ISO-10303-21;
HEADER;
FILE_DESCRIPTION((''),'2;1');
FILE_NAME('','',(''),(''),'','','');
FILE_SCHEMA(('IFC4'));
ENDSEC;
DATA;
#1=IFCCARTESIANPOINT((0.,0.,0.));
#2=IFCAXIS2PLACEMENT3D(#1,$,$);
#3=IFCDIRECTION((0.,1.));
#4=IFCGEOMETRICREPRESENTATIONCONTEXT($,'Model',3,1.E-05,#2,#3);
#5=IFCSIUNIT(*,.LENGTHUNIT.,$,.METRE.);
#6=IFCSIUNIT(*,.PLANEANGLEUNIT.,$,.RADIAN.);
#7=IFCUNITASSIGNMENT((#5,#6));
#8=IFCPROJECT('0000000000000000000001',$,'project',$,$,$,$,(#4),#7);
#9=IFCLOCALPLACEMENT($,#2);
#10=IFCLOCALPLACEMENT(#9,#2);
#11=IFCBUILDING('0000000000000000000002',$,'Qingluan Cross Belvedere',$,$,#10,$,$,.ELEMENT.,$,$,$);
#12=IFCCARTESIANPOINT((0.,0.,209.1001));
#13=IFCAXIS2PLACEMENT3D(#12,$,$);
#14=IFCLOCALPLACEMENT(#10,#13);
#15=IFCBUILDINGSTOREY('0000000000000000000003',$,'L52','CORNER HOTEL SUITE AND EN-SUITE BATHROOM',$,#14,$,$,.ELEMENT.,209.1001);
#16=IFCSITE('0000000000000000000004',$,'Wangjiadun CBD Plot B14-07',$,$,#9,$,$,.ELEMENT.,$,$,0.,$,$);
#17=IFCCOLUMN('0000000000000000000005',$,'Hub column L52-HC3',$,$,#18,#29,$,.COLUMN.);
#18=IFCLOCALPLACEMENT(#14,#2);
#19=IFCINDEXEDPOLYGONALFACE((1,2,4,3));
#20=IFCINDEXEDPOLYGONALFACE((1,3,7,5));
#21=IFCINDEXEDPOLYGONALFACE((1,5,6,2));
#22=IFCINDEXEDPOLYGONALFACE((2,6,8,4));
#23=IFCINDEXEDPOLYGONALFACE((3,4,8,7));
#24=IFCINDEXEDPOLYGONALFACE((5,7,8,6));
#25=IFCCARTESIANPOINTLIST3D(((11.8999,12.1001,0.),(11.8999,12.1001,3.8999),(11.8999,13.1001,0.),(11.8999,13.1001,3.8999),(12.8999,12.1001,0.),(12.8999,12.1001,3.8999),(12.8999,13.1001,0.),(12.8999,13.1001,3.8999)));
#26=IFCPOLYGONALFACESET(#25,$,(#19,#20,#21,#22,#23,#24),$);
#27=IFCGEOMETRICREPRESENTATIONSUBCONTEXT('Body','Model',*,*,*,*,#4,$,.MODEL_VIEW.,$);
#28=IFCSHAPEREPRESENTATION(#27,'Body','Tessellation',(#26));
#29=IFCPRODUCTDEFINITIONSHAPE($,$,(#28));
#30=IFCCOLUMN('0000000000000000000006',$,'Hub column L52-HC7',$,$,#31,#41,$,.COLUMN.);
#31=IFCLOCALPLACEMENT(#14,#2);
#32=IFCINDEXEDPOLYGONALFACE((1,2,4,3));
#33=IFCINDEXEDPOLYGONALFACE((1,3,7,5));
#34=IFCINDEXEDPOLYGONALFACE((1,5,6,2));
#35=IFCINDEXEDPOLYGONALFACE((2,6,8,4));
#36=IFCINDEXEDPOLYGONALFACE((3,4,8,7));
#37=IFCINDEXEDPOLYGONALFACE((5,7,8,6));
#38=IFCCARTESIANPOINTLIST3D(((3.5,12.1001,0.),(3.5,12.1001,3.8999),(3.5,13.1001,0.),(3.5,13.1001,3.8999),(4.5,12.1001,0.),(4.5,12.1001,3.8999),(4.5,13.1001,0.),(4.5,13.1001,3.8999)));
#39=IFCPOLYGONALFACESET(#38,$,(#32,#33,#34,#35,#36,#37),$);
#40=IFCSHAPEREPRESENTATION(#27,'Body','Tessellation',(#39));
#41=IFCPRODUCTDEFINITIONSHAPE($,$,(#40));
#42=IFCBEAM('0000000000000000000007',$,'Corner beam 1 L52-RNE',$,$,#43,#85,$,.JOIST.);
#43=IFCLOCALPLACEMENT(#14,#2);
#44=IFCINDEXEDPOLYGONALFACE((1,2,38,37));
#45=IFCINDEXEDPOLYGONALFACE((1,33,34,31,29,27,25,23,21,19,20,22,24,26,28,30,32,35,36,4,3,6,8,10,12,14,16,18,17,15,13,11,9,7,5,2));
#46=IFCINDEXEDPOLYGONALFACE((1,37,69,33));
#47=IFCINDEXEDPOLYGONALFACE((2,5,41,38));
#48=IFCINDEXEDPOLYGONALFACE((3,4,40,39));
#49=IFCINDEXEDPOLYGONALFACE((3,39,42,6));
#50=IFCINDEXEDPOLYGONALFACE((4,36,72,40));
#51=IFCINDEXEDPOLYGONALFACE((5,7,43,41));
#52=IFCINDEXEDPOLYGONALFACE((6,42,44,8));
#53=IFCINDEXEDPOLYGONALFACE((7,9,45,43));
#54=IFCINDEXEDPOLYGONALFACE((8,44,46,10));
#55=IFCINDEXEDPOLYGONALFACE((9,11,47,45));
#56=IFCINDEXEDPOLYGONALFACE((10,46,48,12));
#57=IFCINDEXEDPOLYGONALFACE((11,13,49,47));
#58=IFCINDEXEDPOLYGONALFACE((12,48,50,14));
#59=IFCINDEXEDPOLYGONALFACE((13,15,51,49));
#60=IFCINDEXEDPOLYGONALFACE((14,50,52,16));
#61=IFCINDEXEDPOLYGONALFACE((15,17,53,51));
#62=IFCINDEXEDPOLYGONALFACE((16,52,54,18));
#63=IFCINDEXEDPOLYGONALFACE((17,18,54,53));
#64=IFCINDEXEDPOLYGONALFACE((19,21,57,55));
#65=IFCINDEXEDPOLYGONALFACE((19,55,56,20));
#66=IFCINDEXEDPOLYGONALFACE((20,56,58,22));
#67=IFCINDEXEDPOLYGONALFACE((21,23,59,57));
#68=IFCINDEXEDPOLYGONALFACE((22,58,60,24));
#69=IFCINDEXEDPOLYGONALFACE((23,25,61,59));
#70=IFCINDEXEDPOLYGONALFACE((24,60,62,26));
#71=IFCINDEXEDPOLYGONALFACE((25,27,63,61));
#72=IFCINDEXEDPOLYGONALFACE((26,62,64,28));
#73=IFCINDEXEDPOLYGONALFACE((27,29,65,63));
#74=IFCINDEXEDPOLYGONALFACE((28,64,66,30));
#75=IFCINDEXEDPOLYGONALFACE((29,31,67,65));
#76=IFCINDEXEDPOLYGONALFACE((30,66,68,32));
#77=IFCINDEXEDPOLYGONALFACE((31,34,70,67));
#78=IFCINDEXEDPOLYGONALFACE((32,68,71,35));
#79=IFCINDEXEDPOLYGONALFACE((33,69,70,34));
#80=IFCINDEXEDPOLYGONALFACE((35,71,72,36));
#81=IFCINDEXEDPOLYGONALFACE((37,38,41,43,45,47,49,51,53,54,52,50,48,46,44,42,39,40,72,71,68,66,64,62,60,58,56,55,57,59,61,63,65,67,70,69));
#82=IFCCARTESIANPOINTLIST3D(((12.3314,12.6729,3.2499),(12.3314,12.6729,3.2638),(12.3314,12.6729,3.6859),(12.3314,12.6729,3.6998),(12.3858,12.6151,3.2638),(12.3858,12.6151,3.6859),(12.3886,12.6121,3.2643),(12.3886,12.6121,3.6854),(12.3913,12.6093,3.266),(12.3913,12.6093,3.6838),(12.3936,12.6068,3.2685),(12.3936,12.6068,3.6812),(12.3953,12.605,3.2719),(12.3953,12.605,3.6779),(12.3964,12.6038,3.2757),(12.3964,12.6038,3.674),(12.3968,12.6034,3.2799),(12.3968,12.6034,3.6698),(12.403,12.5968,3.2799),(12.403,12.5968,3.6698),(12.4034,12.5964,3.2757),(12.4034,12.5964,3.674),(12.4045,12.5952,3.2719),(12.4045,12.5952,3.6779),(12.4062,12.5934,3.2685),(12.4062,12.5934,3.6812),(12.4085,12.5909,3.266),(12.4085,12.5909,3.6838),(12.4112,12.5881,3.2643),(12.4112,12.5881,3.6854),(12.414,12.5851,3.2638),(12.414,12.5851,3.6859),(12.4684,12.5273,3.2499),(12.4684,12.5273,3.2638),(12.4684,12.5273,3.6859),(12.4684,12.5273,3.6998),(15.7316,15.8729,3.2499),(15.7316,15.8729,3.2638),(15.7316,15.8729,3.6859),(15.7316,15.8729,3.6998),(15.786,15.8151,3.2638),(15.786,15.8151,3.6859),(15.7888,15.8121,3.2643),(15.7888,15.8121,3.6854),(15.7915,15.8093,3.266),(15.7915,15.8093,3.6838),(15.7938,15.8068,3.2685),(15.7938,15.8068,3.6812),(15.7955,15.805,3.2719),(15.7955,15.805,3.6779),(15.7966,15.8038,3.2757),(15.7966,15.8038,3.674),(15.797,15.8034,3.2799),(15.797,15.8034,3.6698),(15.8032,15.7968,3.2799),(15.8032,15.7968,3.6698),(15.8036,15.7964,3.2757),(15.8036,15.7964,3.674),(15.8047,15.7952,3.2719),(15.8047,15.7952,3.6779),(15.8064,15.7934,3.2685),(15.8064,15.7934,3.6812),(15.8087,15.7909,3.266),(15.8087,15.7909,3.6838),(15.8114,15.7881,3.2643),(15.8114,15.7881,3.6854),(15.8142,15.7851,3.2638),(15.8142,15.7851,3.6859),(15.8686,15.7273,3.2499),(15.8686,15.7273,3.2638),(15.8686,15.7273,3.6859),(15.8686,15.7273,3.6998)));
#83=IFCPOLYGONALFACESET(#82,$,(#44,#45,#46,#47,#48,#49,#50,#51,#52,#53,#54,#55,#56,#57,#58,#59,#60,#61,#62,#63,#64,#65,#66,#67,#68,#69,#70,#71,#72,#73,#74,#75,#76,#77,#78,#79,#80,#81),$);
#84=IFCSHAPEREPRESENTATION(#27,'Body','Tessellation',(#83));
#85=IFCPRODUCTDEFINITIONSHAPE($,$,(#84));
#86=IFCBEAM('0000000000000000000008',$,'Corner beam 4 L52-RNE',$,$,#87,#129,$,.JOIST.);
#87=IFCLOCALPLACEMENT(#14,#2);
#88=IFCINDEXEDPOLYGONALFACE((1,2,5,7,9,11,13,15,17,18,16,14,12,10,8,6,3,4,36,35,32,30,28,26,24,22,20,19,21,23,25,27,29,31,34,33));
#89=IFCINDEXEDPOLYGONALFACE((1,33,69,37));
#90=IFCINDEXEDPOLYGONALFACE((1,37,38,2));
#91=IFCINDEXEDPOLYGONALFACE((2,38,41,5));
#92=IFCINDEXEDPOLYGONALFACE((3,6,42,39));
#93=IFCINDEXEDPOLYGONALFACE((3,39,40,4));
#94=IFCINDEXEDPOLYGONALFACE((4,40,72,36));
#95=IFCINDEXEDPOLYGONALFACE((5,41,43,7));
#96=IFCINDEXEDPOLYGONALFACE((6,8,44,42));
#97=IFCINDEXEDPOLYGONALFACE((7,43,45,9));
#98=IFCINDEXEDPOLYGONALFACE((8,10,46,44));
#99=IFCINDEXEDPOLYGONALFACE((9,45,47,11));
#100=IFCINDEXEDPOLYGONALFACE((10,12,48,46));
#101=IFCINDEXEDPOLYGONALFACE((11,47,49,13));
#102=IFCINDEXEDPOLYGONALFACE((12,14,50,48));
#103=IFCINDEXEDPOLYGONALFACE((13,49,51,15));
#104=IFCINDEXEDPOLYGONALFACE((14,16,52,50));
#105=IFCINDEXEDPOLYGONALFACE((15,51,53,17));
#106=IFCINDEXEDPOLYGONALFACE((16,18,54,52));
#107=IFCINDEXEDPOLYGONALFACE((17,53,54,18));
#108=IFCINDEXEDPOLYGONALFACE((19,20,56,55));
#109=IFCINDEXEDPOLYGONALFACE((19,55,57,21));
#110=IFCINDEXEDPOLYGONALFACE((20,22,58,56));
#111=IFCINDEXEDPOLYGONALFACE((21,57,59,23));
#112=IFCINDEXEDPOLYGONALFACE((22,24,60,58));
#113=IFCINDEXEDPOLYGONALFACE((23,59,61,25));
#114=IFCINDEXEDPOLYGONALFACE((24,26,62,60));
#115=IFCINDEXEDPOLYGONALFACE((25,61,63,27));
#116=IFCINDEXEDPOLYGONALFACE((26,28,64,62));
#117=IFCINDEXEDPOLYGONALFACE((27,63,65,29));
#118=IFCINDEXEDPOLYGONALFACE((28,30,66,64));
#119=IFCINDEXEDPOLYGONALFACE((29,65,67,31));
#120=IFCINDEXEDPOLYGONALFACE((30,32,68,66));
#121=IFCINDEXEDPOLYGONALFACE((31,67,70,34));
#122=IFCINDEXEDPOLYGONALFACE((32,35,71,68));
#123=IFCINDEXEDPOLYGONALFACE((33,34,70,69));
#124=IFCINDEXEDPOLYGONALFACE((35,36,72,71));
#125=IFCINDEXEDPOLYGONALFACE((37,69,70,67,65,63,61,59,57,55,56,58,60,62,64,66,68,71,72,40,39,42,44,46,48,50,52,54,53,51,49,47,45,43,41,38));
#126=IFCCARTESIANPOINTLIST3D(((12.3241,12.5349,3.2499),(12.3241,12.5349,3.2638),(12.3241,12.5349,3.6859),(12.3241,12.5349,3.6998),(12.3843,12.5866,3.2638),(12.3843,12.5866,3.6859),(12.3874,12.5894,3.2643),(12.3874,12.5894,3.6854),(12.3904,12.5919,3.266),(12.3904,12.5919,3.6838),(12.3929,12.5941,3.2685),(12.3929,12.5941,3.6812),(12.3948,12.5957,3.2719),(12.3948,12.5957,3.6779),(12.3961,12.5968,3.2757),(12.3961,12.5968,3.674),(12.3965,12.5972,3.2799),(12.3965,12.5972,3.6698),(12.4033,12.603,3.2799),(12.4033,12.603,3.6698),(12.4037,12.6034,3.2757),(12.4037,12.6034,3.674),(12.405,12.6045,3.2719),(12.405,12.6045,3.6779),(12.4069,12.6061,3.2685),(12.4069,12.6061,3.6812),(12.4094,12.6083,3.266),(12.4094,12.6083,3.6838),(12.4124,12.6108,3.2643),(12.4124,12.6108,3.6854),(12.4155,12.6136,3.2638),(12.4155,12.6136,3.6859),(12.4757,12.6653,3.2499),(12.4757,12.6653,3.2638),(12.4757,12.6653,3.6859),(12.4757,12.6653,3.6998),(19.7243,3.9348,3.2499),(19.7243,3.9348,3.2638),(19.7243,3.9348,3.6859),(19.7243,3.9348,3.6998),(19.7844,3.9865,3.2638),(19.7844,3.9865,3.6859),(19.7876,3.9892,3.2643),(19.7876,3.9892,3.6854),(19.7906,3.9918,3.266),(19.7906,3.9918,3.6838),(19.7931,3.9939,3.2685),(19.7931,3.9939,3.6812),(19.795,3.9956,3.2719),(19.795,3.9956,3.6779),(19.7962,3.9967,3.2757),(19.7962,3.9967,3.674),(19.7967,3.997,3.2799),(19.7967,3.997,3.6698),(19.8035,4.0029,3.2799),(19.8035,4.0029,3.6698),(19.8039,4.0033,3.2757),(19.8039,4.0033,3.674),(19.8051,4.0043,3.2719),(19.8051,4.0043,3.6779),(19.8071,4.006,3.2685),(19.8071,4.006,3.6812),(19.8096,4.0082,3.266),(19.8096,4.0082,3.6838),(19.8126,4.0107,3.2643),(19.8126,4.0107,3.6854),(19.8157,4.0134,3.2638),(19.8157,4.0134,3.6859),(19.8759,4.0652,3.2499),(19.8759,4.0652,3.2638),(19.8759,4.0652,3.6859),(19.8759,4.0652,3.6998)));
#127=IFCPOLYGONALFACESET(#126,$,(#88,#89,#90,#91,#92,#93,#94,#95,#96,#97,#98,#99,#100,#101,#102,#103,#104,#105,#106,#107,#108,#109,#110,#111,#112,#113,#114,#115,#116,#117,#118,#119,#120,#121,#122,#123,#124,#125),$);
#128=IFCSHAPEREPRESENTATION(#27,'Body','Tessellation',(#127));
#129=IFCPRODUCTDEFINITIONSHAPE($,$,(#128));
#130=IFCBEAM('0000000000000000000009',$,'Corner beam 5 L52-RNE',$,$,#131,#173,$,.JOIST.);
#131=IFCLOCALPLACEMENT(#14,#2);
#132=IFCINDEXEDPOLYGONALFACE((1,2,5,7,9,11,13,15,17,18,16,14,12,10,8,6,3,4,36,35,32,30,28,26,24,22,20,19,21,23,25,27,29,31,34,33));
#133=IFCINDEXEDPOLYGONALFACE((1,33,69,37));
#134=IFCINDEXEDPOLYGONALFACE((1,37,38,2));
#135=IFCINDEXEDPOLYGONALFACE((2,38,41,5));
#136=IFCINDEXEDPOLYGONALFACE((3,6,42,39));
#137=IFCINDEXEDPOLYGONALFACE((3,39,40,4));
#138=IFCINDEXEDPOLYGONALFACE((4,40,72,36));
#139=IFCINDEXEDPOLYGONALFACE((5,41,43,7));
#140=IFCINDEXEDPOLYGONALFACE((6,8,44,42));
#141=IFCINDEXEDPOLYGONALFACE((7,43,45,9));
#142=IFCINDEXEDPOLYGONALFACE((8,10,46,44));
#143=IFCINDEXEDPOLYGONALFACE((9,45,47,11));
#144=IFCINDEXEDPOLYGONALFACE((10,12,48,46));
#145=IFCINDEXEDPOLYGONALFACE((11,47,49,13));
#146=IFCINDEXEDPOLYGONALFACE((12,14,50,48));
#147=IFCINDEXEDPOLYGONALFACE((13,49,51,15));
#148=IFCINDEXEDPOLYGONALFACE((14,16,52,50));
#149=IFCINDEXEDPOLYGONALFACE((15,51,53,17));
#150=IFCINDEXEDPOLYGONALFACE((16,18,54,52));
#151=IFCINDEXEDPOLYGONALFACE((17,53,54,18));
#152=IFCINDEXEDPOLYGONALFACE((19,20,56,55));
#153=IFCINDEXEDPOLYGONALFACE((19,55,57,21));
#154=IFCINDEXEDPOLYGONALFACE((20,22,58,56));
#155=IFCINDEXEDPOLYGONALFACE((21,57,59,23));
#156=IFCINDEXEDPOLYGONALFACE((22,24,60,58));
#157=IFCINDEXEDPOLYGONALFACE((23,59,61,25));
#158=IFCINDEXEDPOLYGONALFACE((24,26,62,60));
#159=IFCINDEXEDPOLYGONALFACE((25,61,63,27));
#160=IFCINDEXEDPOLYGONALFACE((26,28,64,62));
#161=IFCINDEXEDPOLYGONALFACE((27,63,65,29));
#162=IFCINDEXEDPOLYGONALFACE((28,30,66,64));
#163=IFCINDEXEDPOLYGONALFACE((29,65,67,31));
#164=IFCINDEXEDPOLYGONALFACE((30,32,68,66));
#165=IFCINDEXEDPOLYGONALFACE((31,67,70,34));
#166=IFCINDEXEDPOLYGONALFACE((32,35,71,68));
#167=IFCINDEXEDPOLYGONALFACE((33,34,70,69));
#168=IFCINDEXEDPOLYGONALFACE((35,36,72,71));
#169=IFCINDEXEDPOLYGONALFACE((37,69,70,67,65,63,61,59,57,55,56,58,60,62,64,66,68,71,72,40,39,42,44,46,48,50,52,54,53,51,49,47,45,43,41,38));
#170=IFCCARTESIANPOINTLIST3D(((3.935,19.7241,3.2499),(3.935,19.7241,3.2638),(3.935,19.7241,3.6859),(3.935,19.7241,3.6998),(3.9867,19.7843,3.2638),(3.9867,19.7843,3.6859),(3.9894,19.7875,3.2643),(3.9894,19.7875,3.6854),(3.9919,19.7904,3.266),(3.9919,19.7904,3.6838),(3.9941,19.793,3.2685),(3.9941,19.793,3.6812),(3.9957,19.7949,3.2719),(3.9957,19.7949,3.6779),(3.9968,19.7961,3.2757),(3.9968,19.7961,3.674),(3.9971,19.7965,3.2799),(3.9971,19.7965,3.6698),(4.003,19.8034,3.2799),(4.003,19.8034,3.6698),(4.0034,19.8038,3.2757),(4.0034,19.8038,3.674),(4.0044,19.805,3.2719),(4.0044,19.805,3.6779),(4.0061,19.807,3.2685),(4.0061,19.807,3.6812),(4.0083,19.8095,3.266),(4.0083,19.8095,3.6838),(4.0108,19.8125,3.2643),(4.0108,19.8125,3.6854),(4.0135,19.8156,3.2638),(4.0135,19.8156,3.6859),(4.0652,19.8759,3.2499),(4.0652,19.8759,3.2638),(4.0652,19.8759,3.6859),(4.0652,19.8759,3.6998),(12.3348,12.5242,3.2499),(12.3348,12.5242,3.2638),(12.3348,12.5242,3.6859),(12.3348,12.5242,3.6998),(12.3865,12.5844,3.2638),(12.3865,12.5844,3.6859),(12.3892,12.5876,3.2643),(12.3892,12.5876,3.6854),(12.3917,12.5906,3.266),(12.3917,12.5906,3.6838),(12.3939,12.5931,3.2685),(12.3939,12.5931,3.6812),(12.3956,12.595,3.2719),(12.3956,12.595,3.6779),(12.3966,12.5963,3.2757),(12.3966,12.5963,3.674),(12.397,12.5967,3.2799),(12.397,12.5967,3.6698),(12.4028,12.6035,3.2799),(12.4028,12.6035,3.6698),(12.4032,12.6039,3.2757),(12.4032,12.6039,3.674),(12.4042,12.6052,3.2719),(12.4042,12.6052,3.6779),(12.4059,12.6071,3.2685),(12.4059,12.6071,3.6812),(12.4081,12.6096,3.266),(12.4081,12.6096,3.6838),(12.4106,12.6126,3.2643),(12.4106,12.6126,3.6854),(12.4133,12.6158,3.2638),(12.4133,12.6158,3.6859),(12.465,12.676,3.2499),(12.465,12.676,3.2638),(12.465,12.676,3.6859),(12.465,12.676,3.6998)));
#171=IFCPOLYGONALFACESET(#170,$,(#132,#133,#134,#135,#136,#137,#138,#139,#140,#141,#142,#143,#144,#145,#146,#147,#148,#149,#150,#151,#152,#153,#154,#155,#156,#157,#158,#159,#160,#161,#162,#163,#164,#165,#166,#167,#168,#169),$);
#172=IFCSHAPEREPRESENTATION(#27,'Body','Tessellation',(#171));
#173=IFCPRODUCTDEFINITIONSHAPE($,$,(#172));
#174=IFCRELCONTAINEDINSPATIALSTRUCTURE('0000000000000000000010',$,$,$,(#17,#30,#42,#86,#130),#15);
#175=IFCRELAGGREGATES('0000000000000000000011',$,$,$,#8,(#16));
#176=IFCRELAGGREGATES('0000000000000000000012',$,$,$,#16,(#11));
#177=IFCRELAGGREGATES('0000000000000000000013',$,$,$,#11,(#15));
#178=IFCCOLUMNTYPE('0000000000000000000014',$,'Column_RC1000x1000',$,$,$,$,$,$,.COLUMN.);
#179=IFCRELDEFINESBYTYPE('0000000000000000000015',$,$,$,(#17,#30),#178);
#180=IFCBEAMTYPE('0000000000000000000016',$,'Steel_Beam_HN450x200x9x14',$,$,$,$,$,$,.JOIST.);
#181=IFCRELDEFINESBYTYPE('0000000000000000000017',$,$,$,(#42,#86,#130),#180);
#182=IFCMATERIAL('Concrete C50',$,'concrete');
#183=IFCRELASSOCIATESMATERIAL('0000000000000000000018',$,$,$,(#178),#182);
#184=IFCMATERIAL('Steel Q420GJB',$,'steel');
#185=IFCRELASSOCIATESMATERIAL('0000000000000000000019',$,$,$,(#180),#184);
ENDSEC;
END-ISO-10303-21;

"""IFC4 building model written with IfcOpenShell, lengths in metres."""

from ifc_helpers import new_model, si_unit, direction, frame, origin, origin_2d, place, context, subcontext, project, spatial, rectangle, i_section, extrude, material, material_profile, profile_set, type_object, element, save


model = new_model("IFC4")

# Units and contexts
model_context = context("Model", 3, precision=1e-05, world=origin(), true_north=direction((0.0, 1.0)))
body_context = subcontext(model_context, "Body", "Model", "MODEL_VIEW")
ifc_project = project(units=[si_unit("LENGTHUNIT", "METRE"), si_unit("PLANEANGLEUNIT", "RADIAN")], contexts=[model_context])

# Site, building, storey
site_placement = place(None, origin())
site = spatial("IfcSite", under=ifc_project, at=site_placement, Name="Wangjiadun CBD Plot B14-07", CompositionType="ELEMENT", RefElevation=0.0)
building_placement = place(site_placement, origin())
building = spatial("IfcBuilding", under=site, at=building_placement, Name="Qingluan Cross Belvedere", CompositionType="ELEMENT")
storey_placement = place(building_placement, frame((0.0, 0.0, 209.1001)))
storey = spatial("IfcBuildingStorey", under=building, at=storey_placement, Name="L52", Description="CORNER HOTEL SUITE AND EN-SUITE BATHROOM", CompositionType="ELEMENT", Elevation=209.1001)

# Columns
ifc_material_1 = material(Name="Concrete C50", Category="concrete")
ifc_material_profile_1 = material_profile(ifc_material_1, rectangle(XDim=1.0, YDim=1.0, at=origin_2d()), Name="RC1000x1000")
ifc_profile_set_1 = profile_set([ifc_material_profile_1], Name="Concrete C50")
column_type = type_object("IfcColumnType", Name="Column_RC1000x1000", PredefinedType="COLUMN", material=ifc_profile_set_1)
for number, where, z_axis, x_axis, name in (
    (1, (12.3999, 12.6001, 0.0), (0.0, 0.0, 1.0), (1.0, 0.0, 0.0), "Hub column L52-HC3"),
    (2, (4.0, 12.6001, 0.0), (0.0, 0.0, 1.0), (1.0, 0.0, 0.0), "Hub column L52-HC7"),
):
    element("IfcColumn", number, at=place(storey_placement, frame(where, z_axis=z_axis, x_axis=x_axis)), inside=storey, type_object=column_type, Name=name, PredefinedType="COLUMN", context=body_context, shape_type="SweptSolid", body=[
        extrude(rectangle(XDim=1.0, YDim=1.0, at=origin_2d()), origin(), (0.0, 0.0, 1.0), 3.8999),
    ])

# Beams
ifc_material_2 = material(Name="Steel Q420GJB", Category="steel")
ifc_material_profile_2 = material_profile(ifc_material_2, i_section(OverallWidth=0.2, OverallDepth=0.45, WebThickness=0.009, FlangeThickness=0.0139, FilletRadius=0.0161, at=origin_2d()), Name="HN450x200x9x14")
ifc_profile_set_2 = profile_set([ifc_material_profile_2], Name="Steel Q420GJB")
beam_type_1 = type_object("IfcBeamType", Name="Steel_Beam_HN450x200x9x14", PredefinedType="JOIST", material=ifc_profile_set_2)
beam_1_placement = place(storey_placement, frame((12.3999, 12.6001, 3.4749), z_axis=(0.72822, 0.685343, 0.0), x_axis=(-0.685343, 0.72822, 0.0)))
element("IfcBeam", 3, at=beam_1_placement, inside=storey, type_object=beam_type_1, Name="Corner beam 1 L52-RNE", PredefinedType="JOIST", context=body_context, shape_type="SweptSolid", body=[
    extrude(i_section(OverallWidth=0.2, OverallDepth=0.45, WebThickness=0.009, FlangeThickness=0.0139, FilletRadius=0.0161, at=origin_2d()), origin(), (0.0, 0.0, 1.0), 4.6692),
])
beam_2_placement = place(storey_placement, frame((12.3999, 12.6001, 3.4749), z_axis=(0.652245, -0.758008, 0.0), x_axis=(0.758008, 0.652245, 0.0)))
element("IfcBeam", 4, at=beam_2_placement, inside=storey, type_object=beam_type_1, Name="Corner beam 4 L52-RNE", PredefinedType="JOIST", context=body_context, shape_type="SweptSolid", body=[
    extrude(i_section(OverallWidth=0.2, OverallDepth=0.45, WebThickness=0.009, FlangeThickness=0.0139, FilletRadius=0.0161, at=origin_2d()), origin(), (0.0, 0.0, 1.0), 11.3457),
])
beam_3_placement = place(storey_placement, frame((12.3999, 12.6001, 3.4749), z_axis=(-0.759255, 0.650793, 0.0), x_axis=(-0.650793, -0.759255, 0.0)))
element("IfcBeam", 5, at=beam_3_placement, inside=storey, type_object=beam_type_1, Name="Corner beam 5 L52-RNE", PredefinedType="JOIST", context=body_context, shape_type="SweptSolid", body=[
    extrude(i_section(OverallWidth=0.2, OverallDepth=0.45, WebThickness=0.009, FlangeThickness=0.0139, FilletRadius=0.0161, at=origin_2d()), origin(), (0.0, 0.0, 1.0), 11.0632),
])

save(model, "model.ifc")
